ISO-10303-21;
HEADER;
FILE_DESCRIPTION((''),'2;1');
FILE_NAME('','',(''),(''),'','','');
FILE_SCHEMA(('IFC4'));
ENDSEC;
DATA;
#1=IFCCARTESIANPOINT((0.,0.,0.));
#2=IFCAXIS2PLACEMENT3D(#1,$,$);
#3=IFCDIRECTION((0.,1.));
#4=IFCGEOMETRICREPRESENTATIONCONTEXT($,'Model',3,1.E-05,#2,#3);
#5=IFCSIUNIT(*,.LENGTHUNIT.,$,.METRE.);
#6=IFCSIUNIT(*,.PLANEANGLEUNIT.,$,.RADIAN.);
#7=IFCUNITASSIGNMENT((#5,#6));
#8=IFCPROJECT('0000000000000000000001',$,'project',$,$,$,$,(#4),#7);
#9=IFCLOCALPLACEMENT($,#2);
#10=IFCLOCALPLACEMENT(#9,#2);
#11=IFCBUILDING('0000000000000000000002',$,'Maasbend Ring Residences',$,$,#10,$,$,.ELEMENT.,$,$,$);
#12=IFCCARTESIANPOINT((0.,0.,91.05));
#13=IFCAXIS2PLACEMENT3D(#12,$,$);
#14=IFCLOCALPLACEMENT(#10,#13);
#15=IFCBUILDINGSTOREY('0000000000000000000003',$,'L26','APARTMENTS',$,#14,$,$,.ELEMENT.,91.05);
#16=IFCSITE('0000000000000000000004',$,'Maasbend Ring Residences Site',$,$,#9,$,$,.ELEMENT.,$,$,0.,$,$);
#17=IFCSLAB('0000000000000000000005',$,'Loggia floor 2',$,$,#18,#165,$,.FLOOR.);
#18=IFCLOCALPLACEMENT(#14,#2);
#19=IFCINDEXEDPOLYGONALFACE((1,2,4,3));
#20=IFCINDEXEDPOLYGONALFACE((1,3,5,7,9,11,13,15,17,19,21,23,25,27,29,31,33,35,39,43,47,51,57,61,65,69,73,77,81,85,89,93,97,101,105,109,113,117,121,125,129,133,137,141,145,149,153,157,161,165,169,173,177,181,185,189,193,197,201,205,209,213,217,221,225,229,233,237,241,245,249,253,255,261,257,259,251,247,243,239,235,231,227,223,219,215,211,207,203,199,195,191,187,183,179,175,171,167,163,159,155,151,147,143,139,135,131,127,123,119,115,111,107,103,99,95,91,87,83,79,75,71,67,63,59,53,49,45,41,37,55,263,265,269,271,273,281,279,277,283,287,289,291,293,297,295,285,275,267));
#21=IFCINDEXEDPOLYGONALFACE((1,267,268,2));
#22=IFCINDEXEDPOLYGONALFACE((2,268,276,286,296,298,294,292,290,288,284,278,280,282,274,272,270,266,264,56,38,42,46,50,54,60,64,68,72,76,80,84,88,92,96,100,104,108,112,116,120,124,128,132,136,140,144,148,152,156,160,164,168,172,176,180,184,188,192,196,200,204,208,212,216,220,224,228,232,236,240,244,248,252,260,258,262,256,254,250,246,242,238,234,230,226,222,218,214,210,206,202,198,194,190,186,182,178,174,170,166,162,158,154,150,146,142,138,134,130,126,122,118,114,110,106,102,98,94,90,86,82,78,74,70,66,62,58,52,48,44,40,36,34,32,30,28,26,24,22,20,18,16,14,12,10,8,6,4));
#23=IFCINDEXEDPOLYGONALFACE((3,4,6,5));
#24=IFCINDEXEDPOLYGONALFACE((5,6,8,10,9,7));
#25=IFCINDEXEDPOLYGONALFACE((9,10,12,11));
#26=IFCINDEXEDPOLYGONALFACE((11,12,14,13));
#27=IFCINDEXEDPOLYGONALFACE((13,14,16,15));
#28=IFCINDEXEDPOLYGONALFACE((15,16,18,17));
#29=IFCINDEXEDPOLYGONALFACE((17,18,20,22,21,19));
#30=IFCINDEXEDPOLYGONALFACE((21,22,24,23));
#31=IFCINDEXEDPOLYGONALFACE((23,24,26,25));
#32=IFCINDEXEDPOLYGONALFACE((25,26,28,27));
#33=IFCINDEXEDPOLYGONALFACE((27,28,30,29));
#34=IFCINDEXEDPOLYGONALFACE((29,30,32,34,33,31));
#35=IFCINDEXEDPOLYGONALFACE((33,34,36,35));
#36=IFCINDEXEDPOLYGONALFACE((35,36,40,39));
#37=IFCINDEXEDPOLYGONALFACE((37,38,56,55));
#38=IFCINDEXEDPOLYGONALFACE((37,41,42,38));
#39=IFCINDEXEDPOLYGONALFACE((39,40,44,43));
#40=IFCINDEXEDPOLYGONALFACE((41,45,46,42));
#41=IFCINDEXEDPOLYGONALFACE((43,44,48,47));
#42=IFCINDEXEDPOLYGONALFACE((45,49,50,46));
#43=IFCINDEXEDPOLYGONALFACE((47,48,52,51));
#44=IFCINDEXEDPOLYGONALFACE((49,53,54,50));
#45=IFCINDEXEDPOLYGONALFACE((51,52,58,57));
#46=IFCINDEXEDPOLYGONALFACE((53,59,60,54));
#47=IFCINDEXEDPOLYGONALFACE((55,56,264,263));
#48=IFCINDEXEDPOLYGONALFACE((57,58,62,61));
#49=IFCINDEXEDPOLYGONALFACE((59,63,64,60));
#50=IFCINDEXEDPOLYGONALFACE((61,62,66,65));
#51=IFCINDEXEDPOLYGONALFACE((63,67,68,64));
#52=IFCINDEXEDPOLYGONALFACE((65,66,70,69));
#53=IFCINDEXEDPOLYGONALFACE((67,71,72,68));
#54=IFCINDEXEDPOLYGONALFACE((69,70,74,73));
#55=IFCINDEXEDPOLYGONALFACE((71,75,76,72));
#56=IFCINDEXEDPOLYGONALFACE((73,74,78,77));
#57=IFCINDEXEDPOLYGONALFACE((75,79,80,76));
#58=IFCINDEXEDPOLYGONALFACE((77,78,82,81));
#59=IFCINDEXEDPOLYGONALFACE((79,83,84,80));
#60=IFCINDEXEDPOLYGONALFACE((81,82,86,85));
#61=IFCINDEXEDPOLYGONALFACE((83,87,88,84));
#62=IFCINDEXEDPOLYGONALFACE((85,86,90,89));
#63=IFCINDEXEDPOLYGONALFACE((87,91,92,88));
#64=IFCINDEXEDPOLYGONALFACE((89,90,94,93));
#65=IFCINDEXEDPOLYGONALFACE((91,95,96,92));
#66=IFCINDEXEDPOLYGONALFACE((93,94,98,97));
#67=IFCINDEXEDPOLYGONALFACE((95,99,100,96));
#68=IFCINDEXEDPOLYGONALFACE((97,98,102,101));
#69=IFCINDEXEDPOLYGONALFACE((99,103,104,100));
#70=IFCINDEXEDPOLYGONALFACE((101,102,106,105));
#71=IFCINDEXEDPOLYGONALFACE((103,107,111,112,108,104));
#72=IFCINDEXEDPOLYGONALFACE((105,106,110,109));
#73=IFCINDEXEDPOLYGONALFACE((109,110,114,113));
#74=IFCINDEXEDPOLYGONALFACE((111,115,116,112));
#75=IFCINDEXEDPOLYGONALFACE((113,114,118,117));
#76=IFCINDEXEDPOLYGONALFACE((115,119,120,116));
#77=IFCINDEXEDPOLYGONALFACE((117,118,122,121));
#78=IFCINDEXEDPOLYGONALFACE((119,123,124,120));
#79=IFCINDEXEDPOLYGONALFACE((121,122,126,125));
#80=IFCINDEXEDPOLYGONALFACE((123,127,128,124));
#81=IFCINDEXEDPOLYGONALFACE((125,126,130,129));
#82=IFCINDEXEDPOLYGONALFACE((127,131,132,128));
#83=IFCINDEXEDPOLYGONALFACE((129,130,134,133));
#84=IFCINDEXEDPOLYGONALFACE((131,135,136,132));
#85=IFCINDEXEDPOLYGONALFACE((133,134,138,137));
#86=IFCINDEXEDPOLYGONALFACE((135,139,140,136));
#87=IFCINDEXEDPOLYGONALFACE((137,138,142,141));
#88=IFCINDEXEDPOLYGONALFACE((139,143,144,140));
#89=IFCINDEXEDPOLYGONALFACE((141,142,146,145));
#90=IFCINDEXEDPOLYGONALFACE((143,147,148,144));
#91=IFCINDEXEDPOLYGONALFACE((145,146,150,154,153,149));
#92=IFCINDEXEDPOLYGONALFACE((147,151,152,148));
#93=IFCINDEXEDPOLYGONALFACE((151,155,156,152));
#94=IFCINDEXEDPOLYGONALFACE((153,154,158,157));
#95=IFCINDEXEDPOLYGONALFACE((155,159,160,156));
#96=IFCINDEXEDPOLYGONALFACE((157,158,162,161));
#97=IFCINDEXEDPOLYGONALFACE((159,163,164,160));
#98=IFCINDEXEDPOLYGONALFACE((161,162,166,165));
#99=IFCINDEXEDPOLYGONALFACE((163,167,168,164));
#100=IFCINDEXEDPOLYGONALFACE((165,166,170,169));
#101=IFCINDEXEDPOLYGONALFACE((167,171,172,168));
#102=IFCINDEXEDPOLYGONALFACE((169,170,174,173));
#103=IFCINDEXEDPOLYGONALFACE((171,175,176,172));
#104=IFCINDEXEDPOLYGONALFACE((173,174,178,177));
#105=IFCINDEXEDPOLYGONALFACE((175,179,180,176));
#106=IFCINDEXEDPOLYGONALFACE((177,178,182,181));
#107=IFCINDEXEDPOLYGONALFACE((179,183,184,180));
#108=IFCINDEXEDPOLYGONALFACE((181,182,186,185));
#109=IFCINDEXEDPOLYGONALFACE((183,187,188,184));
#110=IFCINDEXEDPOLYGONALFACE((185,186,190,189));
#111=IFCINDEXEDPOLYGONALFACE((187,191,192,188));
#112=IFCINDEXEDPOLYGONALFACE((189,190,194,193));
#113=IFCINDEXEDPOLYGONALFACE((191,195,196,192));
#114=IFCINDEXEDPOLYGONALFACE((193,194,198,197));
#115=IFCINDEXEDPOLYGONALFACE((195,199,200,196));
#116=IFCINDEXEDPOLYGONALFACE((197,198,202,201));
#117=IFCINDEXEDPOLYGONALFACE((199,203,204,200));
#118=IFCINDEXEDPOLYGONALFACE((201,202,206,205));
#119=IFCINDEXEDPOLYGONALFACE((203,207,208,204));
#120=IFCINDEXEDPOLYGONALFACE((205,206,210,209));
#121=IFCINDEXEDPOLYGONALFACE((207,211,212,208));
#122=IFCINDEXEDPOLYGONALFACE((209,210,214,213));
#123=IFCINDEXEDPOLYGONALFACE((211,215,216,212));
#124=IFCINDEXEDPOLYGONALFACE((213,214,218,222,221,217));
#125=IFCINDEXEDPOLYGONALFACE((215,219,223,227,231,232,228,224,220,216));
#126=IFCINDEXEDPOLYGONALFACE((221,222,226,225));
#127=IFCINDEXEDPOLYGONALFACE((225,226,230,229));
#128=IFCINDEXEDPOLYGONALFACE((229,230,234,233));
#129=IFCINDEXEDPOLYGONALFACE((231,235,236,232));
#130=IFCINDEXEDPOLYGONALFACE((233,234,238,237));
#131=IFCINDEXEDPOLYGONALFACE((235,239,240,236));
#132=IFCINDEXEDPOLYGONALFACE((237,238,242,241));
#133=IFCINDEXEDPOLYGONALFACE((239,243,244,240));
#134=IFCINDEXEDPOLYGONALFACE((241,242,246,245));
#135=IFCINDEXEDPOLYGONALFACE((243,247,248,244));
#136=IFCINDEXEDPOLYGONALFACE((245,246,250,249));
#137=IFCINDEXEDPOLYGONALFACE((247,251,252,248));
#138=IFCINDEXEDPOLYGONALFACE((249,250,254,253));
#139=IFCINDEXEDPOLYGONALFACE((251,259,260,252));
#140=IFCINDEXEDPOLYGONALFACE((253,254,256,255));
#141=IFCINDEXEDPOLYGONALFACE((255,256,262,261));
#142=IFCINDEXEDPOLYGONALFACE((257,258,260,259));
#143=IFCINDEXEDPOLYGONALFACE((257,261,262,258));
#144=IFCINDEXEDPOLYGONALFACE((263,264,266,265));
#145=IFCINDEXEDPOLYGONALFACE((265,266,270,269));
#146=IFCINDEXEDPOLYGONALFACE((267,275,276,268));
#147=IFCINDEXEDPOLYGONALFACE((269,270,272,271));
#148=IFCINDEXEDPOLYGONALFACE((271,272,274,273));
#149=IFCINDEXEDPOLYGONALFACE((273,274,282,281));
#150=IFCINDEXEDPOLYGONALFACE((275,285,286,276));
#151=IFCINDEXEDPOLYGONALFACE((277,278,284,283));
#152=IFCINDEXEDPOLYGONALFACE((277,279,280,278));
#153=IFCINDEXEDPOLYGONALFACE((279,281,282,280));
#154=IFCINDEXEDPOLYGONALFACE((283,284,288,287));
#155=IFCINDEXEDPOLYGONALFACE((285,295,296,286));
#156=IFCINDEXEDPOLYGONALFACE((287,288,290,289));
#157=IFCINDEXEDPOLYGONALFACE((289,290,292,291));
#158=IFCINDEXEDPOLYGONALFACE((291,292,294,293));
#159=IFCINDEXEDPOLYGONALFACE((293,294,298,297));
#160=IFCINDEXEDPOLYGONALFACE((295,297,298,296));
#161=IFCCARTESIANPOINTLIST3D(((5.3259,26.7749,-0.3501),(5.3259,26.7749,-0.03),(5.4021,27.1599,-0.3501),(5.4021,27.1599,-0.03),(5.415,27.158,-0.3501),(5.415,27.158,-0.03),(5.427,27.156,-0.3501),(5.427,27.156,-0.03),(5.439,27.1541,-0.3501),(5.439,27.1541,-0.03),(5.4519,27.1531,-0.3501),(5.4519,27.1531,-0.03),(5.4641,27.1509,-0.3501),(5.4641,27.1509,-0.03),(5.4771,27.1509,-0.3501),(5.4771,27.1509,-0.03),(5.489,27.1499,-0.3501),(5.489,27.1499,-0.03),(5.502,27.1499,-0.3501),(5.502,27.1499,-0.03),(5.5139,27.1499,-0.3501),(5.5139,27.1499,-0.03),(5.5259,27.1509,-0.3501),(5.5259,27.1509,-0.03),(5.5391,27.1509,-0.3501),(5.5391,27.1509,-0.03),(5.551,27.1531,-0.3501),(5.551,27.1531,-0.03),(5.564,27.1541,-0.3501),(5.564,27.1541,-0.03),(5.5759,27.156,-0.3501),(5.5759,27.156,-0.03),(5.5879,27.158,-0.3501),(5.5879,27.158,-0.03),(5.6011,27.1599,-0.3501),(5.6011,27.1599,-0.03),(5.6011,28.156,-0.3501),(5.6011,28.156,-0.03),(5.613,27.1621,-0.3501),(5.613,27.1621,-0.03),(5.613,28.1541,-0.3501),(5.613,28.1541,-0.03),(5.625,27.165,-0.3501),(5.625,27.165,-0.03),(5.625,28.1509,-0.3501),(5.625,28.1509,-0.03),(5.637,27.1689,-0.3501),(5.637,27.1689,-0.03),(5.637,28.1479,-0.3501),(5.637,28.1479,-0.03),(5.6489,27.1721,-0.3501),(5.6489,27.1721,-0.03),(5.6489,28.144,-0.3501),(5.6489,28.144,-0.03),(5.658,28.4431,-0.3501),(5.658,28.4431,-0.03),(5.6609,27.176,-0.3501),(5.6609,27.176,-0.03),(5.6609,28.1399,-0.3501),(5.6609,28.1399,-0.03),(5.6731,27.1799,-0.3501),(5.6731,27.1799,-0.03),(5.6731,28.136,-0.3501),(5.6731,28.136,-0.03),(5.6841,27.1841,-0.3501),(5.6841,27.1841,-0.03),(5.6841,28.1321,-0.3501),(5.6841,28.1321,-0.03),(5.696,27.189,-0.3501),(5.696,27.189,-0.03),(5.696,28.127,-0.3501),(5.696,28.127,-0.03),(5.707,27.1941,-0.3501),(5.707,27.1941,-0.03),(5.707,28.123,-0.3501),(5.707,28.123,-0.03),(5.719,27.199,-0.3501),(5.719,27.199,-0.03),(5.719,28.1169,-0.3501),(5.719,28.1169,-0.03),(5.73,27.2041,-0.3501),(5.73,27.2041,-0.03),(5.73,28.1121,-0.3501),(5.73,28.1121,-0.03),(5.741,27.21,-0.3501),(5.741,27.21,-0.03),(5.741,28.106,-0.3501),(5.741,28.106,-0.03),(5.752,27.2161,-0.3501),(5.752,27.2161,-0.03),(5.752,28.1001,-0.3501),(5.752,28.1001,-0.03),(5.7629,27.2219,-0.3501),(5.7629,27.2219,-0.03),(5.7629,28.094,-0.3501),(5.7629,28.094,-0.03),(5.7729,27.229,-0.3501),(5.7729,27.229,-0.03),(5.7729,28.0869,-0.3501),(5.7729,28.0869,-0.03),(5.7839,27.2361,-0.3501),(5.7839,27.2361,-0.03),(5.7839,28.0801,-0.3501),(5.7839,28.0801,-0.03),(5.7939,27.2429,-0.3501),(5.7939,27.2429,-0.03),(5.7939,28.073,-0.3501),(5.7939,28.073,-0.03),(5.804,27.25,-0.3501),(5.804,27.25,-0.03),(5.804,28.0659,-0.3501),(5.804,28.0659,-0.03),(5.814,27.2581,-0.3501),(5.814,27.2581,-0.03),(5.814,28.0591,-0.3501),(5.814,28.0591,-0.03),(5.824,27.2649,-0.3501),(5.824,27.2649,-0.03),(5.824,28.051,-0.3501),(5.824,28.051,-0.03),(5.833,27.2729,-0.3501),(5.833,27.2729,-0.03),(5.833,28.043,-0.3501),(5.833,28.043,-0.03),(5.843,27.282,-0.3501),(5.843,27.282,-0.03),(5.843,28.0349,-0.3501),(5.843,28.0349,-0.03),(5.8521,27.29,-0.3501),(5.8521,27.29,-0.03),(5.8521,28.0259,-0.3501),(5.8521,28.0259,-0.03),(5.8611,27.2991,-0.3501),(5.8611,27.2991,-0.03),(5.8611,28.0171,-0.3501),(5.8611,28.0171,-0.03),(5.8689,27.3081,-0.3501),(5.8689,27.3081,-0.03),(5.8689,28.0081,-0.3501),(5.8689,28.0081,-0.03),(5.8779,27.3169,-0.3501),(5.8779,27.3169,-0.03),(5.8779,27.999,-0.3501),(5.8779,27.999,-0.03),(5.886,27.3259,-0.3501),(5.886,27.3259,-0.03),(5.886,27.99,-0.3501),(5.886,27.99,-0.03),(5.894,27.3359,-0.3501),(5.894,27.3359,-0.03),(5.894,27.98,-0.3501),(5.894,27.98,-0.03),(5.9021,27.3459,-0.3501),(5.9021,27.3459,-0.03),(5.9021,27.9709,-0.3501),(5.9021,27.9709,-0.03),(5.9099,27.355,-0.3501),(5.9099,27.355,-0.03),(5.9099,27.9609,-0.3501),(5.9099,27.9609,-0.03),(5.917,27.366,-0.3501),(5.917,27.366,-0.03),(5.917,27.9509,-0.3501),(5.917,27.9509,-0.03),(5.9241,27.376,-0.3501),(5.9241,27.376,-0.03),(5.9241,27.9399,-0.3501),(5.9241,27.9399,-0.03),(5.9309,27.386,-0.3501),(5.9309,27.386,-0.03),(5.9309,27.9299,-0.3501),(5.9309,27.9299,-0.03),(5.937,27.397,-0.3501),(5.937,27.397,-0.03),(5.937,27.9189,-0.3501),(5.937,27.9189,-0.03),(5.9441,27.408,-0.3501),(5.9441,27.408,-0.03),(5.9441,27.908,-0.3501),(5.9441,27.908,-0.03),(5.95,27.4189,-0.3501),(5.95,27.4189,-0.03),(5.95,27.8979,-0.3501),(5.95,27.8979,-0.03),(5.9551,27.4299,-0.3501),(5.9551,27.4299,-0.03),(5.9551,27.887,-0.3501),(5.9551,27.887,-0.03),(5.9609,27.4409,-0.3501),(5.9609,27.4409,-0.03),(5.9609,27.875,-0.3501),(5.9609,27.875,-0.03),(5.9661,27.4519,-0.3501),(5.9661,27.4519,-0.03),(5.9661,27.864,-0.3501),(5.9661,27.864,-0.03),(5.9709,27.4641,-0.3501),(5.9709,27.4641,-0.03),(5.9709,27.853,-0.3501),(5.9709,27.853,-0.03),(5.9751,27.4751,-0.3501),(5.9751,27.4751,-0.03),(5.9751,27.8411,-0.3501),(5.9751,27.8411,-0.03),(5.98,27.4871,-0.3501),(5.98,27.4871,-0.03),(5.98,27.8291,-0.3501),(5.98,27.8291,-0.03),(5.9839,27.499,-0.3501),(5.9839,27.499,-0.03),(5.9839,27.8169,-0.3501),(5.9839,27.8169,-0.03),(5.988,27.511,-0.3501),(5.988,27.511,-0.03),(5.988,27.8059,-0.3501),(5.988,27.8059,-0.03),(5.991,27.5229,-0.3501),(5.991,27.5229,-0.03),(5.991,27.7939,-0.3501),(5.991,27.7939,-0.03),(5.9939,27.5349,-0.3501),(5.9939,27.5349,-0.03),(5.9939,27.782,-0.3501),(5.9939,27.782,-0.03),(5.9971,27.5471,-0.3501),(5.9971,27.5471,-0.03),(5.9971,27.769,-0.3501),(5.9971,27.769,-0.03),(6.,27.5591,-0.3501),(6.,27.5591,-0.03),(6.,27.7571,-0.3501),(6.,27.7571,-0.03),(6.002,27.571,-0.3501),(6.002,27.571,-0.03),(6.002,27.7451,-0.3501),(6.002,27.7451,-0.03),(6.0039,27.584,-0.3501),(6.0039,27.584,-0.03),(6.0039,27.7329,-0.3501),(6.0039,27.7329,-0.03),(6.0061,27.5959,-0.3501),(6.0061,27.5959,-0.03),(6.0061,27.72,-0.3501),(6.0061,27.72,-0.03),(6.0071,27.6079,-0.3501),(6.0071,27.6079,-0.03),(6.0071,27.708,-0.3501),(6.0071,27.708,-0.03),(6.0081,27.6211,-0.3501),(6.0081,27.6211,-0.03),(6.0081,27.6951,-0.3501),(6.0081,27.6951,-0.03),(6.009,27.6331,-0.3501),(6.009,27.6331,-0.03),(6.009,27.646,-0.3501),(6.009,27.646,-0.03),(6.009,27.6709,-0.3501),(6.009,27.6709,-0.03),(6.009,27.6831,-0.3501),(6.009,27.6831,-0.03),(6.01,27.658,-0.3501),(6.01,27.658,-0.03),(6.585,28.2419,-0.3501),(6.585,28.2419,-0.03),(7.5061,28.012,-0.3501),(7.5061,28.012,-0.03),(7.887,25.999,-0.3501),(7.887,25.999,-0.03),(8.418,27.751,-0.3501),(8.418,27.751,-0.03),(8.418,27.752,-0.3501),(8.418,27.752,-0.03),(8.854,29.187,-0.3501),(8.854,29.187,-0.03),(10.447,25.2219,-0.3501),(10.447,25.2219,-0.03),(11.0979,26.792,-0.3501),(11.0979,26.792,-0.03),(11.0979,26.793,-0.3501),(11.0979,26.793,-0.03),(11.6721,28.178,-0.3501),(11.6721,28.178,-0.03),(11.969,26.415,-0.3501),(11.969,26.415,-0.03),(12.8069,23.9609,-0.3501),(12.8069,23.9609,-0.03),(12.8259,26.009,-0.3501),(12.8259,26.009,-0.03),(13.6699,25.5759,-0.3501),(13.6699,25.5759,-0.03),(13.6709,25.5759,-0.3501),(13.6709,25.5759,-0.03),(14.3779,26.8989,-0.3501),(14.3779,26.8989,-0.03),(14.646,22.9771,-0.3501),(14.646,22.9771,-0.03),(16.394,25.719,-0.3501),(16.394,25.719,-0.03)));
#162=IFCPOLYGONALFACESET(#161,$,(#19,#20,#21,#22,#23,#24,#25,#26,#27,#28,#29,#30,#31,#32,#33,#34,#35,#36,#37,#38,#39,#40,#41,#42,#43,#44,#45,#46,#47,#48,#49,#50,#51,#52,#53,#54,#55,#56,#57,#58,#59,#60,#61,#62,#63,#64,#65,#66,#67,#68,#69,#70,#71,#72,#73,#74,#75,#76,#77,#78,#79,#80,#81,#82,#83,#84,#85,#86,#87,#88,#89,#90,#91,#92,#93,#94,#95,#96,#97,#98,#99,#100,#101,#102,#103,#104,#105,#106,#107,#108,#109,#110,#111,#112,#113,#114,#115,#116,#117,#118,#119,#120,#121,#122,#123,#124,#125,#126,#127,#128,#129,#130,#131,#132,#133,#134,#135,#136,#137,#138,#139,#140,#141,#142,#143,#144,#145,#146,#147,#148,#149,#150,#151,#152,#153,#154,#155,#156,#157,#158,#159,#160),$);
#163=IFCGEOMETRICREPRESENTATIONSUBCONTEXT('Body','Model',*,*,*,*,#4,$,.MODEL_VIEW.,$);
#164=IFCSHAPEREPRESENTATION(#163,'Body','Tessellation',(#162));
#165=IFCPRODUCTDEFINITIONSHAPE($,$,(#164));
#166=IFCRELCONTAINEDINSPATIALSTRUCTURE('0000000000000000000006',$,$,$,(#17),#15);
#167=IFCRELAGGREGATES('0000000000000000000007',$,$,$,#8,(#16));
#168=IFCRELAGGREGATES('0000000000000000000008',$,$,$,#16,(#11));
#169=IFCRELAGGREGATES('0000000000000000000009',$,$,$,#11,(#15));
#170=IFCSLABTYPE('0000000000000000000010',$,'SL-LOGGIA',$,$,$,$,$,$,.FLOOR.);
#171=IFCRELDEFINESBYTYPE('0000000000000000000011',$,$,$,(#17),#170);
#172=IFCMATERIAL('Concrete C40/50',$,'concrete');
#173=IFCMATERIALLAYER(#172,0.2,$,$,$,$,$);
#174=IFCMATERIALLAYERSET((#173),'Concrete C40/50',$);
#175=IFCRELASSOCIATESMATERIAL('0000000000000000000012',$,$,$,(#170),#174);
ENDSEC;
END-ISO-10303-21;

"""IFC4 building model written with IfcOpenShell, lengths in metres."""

from ifc_helpers import new_model, si_unit, direction, frame, origin, place, context, subcontext, project, spatial, polyline, outline, extrude, material, layer, layer_set, type_object, element, save


model = new_model("IFC4")

# Units and contexts
model_context = context("Model", 3, precision=1e-05, world=origin(), true_north=direction((0.0, 1.0)))
body_context = subcontext(model_context, "Body", "Model", "MODEL_VIEW")
ifc_project = project(units=[si_unit("LENGTHUNIT", "METRE"), si_unit("PLANEANGLEUNIT", "RADIAN")], contexts=[model_context])

# Site, building, storey
site_placement = place(None, origin())
site = spatial("IfcSite", under=ifc_project, at=site_placement, Name="Maasbend Ring Residences Site", CompositionType="ELEMENT", RefElevation=0.0)
building_placement = place(site_placement, origin())
building = spatial("IfcBuilding", under=site, at=building_placement, Name="Maasbend Ring Residences", CompositionType="ELEMENT")
storey_placement = place(building_placement, frame((0.0, 0.0, 91.05)))
storey = spatial("IfcBuildingStorey", under=building, at=storey_placement, Name="L26", Description="APARTMENTS", CompositionType="ELEMENT", Elevation=91.05)

# Slab
ifc_material_1 = material(Name="Concrete C40/50", Category="concrete")
ifc_layer_1 = layer(ifc_material_1, 0.2)
ifc_layer_set_1 = layer_set([ifc_layer_1], Name="Concrete C40/50")
slab_type_1 = type_object("IfcSlabType", Name="SL-LOGGIA", PredefinedType="FLOOR", material=ifc_layer_set_1)
slab_1_placement = place(storey_placement, frame((0.0, 0.0, -0.3501)))
element("IfcSlab", 1, at=slab_1_placement, inside=storey, type_object=slab_type_1, Name="Loggia floor 2", PredefinedType="FLOOR", context=body_context, shape_type="SweptSolid", body=[
    extrude(outline(polyline([(5.439, 27.1541), (5.4519, 27.1531), (5.4641, 27.1509), (5.4771, 27.1509), (5.489, 27.1499), (5.502, 27.1499), (5.5139, 27.1499), (5.5259, 27.1509), (5.5391, 27.1509), (5.551, 27.1531), (5.564, 27.1541), (5.5759, 27.156), (5.5879, 27.158), (5.6011, 27.1599), (5.613, 27.1621), (5.625, 27.165), (5.637, 27.1689), (5.6489, 27.1721), (5.6609, 27.176), (5.6731, 27.1799), (5.6841, 27.1841), (5.696, 27.189), (5.707, 27.1941), (5.719, 27.199), (5.73, 27.2041), (5.741, 27.21), (5.752, 27.2161), (5.7629, 27.2219), (5.7729, 27.229), (5.7839, 27.2361), (5.7939, 27.2429), (5.804, 27.25), (5.814, 27.2581), (5.824, 27.2649), (5.833, 27.2729), (5.843, 27.282), (5.8521, 27.29), (5.8611, 27.2991), (5.8689, 27.3081), (5.8779, 27.3169), (5.886, 27.3259), (5.894, 27.3359), (5.9021, 27.3459), (5.9099, 27.355), (5.917, 27.366), (5.9241, 27.376), (5.9309, 27.386), (5.937, 27.397), (5.9441, 27.408), (5.95, 27.4189), (5.9551, 27.4299), (5.9609, 27.4409), (5.9661, 27.4519), (5.9709, 27.4641), (5.9751, 27.4751), (5.98, 27.4871), (5.9839, 27.499), (5.988, 27.511), (5.991, 27.5229), (5.9939, 27.5349), (5.9971, 27.5471), (6.0, 27.5591), (6.002, 27.571), (6.0039, 27.584), (6.0061, 27.5959), (6.0071, 27.6079), (6.0081, 27.6211), (6.009, 27.6331), (6.009, 27.646), (6.01, 27.658), (6.009, 27.6709), (6.009, 27.6831), (6.0081, 27.6951), (6.0071, 27.708), (6.0061, 27.72), (6.0039, 27.7329), (6.002, 27.7451), (6.0, 27.7571), (5.9971, 27.769), (5.9939, 27.782), (5.991, 27.7939), (5.988, 27.8059), (5.9839, 27.8169), (5.98, 27.8291), (5.9751, 27.8411), (5.9709, 27.853), (5.9661, 27.864), (5.9609, 27.875), (5.9551, 27.887), (5.95, 27.8979), (5.9441, 27.908), (5.937, 27.9189), (5.9309, 27.9299), (5.9241, 27.9399), (5.917, 27.9509), (5.9099, 27.9609), (5.9021, 27.9709), (5.894, 27.98), (5.886, 27.99), (5.8779, 27.999), (5.8689, 28.0081), (5.8611, 28.0171), (5.8521, 28.0259), (5.843, 28.0349), (5.833, 28.043), (5.824, 28.051), (5.814, 28.0591), (5.804, 28.0659), (5.7939, 28.073), (5.7839, 28.0801), (5.7729, 28.0869), (5.7629, 28.094), (5.752, 28.1001), (5.741, 28.106), (5.73, 28.1121), (5.719, 28.1169), (5.707, 28.123), (5.696, 28.127), (5.6841, 28.1321), (5.6731, 28.136), (5.6609, 28.1399), (5.6489, 28.144), (5.637, 28.1479), (5.625, 28.1509), (5.613, 28.1541), (5.6011, 28.156), (5.658, 28.4431), (5.658, 28.4431), (5.658, 28.4431), (6.585, 28.2419), (6.585, 28.2419), (7.5061, 28.012), (7.5061, 28.012), (8.418, 27.751), (8.418, 27.751), (8.418, 27.751), (8.418, 27.751), (8.418, 27.751), (8.418, 27.751), (8.418, 27.751), (8.418, 27.751), (8.418, 27.751), (8.418, 27.751), (8.418, 27.752), (8.418, 27.752), (8.418, 27.752), (8.418, 27.752), (8.418, 27.752), (8.418, 27.752), (8.418, 27.752), (8.854, 29.187), (8.854, 29.187), (8.854, 29.187), (11.6721, 28.178), (11.6721, 28.178), (11.6721, 28.178), (11.0979, 26.793), (11.0979, 26.793), (11.0979, 26.793), (11.0979, 26.793), (11.0979, 26.793), (11.0979, 26.793), (11.0979, 26.793), (11.0979, 26.793), (11.0979, 26.793), (11.0979, 26.793), (11.0979, 26.792), (11.0979, 26.792), (11.0979, 26.792), (11.0979, 26.792), (11.0979, 26.792), (11.0979, 26.792), (11.0979, 26.792), (11.969, 26.415), (11.969, 26.415), (12.8259, 26.009), (12.8259, 26.009), (13.6699, 25.5759), (13.6699, 25.5759), (13.6699, 25.5759), (13.6699, 25.5759), (13.6699, 25.5759), (13.6699, 25.5759), (13.6699, 25.5759), (13.6699, 25.5759), (13.6699, 25.5759), (13.6699, 25.5759), (13.6709, 25.5759), (13.6709, 25.5759), (13.6709, 25.5759), (13.6709, 25.5759), (13.6709, 25.5759), (13.6709, 25.5759), (13.6709, 25.5759), (14.3779, 26.8989), (14.3779, 26.8989), (14.3779, 26.8989), (16.394, 25.719), (16.394, 25.719), (16.394, 25.719), (14.646, 22.9771), (14.646, 22.9771), (14.646, 22.9771), (12.8069, 23.9609), (10.447, 25.2219), (10.447, 25.2219), (10.447, 25.2219), (7.887, 25.999), (5.3259, 26.7749), (5.3259, 26.7749), (5.3259, 26.7749), (5.4021, 27.1599), (5.415, 27.158), (5.427, 27.156), (5.439, 27.1541)])), origin(), (0.0, 0.0, 1.0), 0.3201),
])

save(model, "model.ifc")
